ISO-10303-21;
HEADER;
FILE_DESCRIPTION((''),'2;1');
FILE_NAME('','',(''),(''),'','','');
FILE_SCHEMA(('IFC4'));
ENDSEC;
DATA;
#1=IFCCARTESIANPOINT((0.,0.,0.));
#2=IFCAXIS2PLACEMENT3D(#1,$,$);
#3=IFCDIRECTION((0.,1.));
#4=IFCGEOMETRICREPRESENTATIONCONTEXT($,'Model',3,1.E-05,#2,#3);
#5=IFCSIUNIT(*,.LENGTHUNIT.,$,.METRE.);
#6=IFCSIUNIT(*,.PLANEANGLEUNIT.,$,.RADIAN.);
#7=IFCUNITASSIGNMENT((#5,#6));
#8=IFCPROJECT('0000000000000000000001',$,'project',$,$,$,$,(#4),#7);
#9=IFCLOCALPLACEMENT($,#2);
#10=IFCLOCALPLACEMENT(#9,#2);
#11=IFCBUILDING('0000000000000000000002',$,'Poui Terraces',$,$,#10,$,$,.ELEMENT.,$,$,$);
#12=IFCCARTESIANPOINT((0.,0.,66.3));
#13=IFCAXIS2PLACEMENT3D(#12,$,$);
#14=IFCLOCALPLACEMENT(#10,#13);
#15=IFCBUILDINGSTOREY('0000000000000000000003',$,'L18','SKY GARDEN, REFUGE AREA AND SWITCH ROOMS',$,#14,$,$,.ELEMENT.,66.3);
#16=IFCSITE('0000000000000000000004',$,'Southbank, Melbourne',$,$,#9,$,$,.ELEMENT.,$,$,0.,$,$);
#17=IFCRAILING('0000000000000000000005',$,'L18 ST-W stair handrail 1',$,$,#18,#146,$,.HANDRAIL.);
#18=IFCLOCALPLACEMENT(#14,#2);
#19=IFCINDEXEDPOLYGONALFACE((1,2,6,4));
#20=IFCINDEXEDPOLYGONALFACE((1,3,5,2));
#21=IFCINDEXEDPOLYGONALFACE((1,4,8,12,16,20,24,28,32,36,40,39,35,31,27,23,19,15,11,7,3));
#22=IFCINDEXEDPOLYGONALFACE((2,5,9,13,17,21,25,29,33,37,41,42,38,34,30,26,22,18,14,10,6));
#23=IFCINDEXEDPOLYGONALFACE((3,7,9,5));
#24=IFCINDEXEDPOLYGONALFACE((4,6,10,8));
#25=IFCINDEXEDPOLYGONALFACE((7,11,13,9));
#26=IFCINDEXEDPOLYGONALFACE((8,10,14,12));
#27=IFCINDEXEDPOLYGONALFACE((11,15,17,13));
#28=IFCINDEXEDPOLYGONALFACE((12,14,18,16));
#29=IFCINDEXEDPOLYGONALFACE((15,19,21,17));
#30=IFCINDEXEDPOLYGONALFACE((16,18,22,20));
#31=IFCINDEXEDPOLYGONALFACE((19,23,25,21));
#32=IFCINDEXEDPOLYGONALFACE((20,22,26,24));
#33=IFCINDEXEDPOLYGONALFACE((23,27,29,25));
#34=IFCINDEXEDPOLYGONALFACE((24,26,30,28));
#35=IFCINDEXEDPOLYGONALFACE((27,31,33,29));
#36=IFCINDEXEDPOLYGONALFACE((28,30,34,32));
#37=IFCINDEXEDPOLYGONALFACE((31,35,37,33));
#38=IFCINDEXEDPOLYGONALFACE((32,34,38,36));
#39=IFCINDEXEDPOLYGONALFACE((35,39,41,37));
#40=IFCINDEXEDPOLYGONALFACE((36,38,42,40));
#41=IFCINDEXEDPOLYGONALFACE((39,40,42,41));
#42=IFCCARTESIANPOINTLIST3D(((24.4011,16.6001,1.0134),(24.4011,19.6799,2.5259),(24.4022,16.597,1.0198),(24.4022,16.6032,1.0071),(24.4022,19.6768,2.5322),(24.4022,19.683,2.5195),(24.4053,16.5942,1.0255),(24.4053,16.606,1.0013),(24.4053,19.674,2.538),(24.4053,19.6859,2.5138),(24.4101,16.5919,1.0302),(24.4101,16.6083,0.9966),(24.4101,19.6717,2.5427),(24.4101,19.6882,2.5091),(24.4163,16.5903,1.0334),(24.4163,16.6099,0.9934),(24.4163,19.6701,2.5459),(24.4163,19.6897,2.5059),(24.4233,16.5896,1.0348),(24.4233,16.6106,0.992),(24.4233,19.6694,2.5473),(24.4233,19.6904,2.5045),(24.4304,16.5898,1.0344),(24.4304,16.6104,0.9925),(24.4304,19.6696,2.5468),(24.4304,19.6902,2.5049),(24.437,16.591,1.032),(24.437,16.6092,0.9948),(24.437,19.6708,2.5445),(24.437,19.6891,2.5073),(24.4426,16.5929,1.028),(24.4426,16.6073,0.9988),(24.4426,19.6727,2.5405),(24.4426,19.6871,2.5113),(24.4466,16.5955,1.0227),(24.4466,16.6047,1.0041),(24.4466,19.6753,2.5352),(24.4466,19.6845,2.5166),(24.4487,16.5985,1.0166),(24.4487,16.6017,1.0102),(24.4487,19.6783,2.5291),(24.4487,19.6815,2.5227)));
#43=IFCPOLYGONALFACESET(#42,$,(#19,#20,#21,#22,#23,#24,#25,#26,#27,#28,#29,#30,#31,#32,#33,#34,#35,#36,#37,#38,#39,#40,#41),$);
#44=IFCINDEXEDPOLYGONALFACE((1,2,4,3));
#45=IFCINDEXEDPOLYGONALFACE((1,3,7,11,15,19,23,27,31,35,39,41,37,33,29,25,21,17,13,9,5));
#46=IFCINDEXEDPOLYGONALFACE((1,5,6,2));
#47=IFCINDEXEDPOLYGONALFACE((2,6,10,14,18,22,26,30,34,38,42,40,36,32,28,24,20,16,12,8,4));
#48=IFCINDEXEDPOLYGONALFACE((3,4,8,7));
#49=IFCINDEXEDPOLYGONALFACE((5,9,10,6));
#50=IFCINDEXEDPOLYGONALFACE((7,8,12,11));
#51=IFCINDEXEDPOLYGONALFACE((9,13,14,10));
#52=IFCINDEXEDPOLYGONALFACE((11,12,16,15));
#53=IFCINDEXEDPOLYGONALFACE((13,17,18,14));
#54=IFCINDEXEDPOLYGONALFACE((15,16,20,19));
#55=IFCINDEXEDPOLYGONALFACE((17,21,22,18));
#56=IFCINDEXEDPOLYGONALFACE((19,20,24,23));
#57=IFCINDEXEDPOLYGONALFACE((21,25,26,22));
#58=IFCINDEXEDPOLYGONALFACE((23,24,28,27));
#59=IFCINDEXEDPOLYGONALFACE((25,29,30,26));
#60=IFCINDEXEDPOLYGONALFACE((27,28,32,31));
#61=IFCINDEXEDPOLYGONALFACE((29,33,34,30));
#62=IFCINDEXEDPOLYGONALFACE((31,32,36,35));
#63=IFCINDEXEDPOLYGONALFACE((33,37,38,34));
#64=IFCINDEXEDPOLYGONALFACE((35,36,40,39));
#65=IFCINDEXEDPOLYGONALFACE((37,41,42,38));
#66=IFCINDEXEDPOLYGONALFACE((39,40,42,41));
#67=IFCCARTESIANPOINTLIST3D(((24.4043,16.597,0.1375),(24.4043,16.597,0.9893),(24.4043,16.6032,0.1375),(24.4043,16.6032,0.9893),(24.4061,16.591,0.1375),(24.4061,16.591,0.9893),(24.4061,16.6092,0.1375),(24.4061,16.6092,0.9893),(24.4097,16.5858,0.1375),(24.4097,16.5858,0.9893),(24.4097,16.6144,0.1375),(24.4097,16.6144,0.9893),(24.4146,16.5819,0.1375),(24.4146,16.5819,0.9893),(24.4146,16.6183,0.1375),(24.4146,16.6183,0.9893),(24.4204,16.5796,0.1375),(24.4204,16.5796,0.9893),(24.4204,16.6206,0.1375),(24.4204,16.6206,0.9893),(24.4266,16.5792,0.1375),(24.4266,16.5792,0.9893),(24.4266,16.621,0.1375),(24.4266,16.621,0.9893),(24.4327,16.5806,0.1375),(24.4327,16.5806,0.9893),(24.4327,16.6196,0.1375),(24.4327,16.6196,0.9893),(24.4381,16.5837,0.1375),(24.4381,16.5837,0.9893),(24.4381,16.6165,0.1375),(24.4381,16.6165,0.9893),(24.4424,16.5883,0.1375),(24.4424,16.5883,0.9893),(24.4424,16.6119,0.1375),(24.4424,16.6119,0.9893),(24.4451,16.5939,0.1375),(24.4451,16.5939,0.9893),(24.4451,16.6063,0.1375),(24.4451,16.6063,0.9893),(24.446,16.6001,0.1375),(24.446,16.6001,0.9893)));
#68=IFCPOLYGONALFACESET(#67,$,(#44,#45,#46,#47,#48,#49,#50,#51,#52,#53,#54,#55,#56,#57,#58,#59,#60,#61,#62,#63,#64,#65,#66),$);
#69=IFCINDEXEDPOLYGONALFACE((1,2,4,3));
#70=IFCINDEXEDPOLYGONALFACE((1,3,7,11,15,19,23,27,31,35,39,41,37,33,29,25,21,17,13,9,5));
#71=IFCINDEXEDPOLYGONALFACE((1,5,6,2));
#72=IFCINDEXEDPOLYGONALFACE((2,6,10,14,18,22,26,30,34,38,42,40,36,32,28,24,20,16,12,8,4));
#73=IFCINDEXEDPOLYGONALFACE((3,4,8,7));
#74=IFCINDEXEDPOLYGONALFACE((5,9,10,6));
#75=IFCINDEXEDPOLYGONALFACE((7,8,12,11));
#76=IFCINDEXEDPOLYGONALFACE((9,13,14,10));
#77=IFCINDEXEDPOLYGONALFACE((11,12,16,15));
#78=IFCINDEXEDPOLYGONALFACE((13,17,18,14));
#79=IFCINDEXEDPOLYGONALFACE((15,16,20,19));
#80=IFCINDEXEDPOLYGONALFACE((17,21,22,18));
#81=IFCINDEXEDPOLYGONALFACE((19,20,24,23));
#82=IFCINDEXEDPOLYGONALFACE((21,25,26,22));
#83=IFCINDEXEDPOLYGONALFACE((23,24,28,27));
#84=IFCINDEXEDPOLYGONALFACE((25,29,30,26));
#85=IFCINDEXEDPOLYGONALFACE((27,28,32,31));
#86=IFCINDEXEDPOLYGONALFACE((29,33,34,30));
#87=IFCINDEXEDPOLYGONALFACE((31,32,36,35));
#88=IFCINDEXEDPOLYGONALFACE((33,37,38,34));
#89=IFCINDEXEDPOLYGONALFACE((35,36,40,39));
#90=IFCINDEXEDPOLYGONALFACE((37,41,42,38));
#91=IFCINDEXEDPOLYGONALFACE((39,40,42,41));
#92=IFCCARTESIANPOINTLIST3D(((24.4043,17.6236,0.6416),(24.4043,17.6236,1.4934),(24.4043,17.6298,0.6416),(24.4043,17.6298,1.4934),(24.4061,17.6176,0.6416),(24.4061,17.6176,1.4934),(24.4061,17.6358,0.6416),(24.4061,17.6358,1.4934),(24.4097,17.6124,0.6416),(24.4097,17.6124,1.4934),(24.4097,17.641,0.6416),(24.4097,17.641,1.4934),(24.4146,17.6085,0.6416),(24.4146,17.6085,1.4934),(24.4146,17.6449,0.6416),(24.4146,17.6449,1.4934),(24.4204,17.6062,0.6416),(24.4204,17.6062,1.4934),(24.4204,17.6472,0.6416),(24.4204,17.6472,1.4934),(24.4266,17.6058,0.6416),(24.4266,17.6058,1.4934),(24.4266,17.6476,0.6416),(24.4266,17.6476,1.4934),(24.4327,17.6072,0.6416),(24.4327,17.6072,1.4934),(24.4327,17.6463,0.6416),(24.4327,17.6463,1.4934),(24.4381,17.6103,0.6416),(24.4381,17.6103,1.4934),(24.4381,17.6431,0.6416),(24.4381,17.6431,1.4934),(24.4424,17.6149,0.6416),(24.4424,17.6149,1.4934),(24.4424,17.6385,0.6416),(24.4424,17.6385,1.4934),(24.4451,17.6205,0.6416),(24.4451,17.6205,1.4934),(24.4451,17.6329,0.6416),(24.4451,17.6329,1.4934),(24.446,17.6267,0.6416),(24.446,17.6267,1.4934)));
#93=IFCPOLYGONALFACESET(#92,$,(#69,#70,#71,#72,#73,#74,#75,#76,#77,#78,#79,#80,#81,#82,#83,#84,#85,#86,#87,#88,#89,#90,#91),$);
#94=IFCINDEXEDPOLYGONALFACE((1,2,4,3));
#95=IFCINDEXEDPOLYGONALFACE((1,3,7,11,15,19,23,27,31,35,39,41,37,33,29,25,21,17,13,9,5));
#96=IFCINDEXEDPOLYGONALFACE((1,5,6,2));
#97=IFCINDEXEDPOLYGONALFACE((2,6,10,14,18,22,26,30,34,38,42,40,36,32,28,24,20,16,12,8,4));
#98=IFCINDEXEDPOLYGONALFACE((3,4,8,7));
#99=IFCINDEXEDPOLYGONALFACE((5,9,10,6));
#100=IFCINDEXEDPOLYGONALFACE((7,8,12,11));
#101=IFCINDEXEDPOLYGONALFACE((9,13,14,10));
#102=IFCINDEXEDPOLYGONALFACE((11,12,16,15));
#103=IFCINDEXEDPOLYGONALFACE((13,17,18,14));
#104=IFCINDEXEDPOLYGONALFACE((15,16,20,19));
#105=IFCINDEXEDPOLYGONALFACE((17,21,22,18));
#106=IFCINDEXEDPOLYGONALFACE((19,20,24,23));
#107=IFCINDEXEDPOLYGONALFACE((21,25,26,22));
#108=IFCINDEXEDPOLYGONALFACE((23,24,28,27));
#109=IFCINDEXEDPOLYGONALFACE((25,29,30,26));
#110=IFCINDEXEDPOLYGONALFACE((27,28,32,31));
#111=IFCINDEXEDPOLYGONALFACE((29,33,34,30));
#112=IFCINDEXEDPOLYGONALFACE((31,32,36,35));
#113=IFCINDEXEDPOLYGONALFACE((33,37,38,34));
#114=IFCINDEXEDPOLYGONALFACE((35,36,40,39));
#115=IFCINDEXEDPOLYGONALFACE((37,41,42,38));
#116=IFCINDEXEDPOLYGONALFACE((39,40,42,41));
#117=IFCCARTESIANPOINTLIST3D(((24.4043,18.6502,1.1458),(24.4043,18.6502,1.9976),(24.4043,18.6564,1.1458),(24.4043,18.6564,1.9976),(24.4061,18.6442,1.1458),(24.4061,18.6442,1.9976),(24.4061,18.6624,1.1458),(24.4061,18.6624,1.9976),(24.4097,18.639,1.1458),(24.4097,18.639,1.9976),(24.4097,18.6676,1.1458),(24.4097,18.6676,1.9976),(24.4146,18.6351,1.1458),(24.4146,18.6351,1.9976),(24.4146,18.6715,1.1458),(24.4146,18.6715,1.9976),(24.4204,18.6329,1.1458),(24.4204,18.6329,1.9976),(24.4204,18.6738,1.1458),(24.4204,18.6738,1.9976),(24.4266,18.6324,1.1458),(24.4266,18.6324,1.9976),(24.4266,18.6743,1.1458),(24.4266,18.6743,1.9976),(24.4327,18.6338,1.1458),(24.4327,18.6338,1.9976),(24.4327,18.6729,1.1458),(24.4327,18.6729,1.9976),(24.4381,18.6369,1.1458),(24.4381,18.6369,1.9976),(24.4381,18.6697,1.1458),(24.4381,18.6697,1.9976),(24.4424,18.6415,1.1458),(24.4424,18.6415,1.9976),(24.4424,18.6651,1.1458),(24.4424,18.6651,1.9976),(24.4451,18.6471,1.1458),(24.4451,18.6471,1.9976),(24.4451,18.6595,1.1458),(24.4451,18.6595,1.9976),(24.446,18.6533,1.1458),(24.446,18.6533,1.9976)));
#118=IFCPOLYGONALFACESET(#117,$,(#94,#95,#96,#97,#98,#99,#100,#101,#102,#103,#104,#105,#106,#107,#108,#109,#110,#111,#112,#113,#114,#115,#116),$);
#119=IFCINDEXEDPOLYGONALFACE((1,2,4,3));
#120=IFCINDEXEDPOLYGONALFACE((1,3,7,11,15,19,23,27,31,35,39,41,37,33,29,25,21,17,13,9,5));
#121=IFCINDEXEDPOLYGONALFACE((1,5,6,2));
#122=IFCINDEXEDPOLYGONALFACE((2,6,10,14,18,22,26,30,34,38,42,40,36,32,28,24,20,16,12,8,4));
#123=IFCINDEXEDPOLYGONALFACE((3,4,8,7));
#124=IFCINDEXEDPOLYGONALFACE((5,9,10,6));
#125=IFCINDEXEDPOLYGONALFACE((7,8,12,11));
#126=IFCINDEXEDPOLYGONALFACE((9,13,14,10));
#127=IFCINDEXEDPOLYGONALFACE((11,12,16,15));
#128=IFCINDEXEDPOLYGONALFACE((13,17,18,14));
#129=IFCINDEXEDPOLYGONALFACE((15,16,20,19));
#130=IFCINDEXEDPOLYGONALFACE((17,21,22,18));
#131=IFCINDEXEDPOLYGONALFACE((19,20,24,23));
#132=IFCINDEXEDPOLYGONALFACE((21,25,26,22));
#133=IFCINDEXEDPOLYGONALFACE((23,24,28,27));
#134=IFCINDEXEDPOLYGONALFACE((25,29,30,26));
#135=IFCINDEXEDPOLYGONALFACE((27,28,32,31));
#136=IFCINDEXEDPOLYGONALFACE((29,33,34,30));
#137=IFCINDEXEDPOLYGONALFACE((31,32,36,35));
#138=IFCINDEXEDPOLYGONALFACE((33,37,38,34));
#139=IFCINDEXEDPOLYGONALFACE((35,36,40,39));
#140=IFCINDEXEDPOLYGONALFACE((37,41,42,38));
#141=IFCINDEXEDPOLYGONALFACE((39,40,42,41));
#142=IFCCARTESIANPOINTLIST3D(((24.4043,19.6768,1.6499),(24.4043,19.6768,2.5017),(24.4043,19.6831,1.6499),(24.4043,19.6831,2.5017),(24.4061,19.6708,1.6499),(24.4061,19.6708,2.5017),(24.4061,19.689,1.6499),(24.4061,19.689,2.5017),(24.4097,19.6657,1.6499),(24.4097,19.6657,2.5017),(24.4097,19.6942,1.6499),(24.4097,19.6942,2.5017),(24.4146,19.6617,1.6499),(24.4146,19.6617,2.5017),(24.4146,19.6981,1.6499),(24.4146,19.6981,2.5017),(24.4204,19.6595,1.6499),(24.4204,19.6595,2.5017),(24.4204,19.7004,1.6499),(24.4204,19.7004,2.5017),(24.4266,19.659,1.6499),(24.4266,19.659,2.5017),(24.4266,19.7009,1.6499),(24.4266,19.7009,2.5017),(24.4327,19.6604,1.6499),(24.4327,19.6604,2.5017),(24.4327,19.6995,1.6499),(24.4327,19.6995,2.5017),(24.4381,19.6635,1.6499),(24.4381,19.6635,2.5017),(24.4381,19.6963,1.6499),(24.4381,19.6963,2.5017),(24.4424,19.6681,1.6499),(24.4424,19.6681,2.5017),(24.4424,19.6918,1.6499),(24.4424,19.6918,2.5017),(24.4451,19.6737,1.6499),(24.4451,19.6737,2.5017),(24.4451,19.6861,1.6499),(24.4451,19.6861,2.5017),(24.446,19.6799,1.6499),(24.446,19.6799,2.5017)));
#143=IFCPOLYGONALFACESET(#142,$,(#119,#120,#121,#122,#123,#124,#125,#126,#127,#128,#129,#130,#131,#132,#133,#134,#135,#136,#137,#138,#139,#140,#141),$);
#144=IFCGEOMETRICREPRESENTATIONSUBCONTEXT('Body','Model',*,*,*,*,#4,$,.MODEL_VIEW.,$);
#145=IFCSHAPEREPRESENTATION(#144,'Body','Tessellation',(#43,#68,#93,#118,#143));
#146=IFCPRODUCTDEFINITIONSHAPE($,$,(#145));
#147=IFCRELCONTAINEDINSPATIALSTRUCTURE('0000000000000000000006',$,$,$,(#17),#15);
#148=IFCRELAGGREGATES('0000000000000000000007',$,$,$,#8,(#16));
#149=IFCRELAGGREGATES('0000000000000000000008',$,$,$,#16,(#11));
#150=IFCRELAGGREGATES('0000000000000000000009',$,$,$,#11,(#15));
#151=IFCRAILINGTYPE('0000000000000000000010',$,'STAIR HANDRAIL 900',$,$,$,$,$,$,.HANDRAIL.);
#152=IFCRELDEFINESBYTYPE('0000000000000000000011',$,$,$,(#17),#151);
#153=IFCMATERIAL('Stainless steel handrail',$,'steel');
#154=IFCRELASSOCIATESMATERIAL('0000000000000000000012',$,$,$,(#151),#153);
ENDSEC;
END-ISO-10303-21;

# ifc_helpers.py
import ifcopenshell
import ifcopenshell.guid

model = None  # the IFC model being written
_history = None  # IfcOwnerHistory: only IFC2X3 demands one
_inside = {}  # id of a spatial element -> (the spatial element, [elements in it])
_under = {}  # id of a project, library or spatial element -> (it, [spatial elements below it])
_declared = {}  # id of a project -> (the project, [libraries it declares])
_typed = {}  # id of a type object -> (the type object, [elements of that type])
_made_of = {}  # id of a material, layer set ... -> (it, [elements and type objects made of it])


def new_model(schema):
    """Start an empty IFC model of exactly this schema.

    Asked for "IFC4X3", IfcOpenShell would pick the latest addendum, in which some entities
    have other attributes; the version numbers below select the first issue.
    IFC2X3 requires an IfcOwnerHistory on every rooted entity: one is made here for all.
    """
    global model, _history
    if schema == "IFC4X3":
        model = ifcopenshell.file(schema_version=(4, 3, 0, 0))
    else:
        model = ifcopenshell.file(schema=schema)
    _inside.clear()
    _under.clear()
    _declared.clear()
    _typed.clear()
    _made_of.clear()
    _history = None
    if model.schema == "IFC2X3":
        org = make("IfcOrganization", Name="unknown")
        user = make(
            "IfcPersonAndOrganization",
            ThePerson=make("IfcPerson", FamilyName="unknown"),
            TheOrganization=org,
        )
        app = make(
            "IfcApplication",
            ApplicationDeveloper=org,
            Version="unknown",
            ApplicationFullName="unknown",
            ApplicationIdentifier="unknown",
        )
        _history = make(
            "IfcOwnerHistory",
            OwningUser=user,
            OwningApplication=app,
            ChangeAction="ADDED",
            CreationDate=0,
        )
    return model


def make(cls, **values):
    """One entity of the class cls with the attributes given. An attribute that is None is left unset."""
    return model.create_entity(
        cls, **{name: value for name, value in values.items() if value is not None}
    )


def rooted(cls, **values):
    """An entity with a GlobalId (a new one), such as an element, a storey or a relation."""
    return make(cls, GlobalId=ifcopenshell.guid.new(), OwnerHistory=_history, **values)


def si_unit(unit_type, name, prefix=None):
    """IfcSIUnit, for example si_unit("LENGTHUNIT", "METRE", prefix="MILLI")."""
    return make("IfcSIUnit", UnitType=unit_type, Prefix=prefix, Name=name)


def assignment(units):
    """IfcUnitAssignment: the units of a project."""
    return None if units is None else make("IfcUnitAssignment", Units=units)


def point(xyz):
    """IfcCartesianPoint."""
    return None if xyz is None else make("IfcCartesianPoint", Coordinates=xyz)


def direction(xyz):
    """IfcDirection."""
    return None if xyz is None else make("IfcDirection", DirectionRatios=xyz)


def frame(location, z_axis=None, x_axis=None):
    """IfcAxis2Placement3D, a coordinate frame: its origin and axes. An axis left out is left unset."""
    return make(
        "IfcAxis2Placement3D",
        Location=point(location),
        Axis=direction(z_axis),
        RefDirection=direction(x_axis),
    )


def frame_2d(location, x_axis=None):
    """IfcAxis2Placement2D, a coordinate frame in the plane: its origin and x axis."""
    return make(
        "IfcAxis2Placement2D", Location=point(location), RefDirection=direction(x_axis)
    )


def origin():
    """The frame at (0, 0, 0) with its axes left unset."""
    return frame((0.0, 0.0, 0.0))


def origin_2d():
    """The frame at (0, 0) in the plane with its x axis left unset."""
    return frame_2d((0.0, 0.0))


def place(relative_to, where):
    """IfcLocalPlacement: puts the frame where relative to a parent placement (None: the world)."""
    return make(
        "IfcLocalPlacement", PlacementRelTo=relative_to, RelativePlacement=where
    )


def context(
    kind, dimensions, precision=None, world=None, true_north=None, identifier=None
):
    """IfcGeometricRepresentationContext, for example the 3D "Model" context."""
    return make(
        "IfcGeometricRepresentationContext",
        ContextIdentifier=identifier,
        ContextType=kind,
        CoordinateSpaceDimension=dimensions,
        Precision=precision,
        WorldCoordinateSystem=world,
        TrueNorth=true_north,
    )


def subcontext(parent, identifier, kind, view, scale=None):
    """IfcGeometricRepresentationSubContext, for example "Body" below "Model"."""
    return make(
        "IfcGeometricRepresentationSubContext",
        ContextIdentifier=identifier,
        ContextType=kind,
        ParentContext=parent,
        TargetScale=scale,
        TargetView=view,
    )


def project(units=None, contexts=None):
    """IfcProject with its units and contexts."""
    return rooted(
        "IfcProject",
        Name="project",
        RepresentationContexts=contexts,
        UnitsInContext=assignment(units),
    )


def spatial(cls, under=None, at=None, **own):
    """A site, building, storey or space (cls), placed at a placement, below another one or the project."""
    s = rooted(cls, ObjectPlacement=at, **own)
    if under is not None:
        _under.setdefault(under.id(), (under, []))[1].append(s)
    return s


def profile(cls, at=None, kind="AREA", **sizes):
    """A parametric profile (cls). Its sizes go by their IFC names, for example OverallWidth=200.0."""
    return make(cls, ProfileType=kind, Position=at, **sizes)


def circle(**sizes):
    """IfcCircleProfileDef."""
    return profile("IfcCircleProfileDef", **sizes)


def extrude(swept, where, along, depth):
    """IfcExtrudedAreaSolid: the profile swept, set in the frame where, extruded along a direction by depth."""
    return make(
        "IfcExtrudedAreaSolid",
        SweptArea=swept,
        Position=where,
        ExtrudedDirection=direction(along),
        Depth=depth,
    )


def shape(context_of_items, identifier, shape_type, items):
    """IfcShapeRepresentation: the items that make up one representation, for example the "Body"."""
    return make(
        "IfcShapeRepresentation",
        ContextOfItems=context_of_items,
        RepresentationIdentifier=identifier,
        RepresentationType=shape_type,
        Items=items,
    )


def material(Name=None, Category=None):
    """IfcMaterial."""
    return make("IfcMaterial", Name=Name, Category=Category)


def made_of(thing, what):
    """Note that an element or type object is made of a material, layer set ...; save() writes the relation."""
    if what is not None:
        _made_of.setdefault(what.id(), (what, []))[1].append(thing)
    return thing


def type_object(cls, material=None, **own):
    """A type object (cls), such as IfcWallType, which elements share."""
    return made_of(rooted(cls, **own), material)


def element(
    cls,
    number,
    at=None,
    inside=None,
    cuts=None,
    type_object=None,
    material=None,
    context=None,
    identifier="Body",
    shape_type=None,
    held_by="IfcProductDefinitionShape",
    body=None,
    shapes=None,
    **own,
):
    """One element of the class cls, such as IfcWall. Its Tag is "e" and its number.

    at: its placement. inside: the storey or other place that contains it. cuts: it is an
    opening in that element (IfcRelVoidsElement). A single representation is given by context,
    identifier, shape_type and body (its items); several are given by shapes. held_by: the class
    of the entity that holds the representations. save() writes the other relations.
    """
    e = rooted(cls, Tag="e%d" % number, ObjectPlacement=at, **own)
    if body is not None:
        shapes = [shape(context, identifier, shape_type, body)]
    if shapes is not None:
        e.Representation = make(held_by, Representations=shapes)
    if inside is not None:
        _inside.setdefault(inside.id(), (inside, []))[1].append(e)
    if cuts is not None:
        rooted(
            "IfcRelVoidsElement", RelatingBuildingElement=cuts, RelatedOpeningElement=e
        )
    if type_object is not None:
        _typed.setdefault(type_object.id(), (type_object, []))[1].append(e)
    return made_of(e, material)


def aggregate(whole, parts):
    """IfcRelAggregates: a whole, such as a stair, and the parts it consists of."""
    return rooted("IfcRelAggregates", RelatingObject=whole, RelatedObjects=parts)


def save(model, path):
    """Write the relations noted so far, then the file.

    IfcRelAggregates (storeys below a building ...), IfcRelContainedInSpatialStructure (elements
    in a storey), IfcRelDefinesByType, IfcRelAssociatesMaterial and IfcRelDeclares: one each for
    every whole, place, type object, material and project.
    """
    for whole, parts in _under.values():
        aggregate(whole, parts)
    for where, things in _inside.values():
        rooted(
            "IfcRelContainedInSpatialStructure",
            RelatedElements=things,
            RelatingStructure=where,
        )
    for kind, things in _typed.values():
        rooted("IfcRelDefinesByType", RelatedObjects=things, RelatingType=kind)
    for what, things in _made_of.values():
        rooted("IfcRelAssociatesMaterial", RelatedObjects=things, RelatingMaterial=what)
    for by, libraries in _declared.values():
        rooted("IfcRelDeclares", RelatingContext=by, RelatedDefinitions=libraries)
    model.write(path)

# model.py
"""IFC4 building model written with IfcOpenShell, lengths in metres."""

from ifc_helpers import new_model, si_unit, direction, frame, origin, origin_2d, place, context, subcontext, project, spatial, circle, extrude, material, type_object, element, save


model = new_model("IFC4")

# Units and contexts
model_context = context("Model", 3, precision=1e-05, world=origin(), true_north=direction((0.0, 1.0)))
body_context = subcontext(model_context, "Body", "Model", "MODEL_VIEW")
ifc_project = project(units=[si_unit("LENGTHUNIT", "METRE"), si_unit("PLANEANGLEUNIT", "RADIAN")], contexts=[model_context])

# Site, building, storey
site_placement = place(None, origin())
site = spatial("IfcSite", under=ifc_project, at=site_placement, Name="Southbank, Melbourne", CompositionType="ELEMENT", RefElevation=0.0)
building_placement = place(site_placement, origin())
building = spatial("IfcBuilding", under=site, at=building_placement, Name="Poui Terraces", CompositionType="ELEMENT")
storey_placement = place(building_placement, frame((0.0, 0.0, 66.3)))
storey = spatial("IfcBuildingStorey", under=building, at=storey_placement, Name="L18", Description="SKY GARDEN, REFUGE AREA AND SWITCH ROOMS", CompositionType="ELEMENT", Elevation=66.3)

# Railing
ifc_material_1 = material(Name="Stainless steel handrail", Category="steel")
railing_type_1 = type_object("IfcRailingType", Name="STAIR HANDRAIL 900", PredefinedType="HANDRAIL", material=ifc_material_1)
for number, where, name in (
    (1, (24.425, 16.6001, 0.1375), "L18 ST-W stair handrail 1"),
):
    element("IfcRailing", number, at=place(storey_placement, frame(where)), inside=storey, type_object=railing_type_1, Name=name, PredefinedType="HANDRAIL", context=body_context, shape_type="SweptSolid", body=[
        extrude(circle(Radius=0.0239, at=origin_2d()), frame((0.0, 0.0, 0.876), z_axis=(0.0, 0.897606, 0.440798), x_axis=(-1.0, 0.0, 0.0)), (0.0, 0.0, 1.0), 3.4312),
        extrude(circle(Radius=0.021, at=origin_2d()), origin(), (0.0, 0.0, 1.0), 0.8518),
        extrude(circle(Radius=0.021, at=origin_2d()), frame((0.0, 1.0266, 0.5042)), (0.0, 0.0, 1.0), 0.8518),
        extrude(circle(Radius=0.021, at=origin_2d()), frame((0.0, 2.0532, 1.0083)), (0.0, 0.0, 1.0), 0.8518),
        extrude(circle(Radius=0.021, at=origin_2d()), frame((0.0, 3.0798, 1.5125)), (0.0, 0.0, 1.0), 0.8518),
    ])

save(model, "model.ifc")
